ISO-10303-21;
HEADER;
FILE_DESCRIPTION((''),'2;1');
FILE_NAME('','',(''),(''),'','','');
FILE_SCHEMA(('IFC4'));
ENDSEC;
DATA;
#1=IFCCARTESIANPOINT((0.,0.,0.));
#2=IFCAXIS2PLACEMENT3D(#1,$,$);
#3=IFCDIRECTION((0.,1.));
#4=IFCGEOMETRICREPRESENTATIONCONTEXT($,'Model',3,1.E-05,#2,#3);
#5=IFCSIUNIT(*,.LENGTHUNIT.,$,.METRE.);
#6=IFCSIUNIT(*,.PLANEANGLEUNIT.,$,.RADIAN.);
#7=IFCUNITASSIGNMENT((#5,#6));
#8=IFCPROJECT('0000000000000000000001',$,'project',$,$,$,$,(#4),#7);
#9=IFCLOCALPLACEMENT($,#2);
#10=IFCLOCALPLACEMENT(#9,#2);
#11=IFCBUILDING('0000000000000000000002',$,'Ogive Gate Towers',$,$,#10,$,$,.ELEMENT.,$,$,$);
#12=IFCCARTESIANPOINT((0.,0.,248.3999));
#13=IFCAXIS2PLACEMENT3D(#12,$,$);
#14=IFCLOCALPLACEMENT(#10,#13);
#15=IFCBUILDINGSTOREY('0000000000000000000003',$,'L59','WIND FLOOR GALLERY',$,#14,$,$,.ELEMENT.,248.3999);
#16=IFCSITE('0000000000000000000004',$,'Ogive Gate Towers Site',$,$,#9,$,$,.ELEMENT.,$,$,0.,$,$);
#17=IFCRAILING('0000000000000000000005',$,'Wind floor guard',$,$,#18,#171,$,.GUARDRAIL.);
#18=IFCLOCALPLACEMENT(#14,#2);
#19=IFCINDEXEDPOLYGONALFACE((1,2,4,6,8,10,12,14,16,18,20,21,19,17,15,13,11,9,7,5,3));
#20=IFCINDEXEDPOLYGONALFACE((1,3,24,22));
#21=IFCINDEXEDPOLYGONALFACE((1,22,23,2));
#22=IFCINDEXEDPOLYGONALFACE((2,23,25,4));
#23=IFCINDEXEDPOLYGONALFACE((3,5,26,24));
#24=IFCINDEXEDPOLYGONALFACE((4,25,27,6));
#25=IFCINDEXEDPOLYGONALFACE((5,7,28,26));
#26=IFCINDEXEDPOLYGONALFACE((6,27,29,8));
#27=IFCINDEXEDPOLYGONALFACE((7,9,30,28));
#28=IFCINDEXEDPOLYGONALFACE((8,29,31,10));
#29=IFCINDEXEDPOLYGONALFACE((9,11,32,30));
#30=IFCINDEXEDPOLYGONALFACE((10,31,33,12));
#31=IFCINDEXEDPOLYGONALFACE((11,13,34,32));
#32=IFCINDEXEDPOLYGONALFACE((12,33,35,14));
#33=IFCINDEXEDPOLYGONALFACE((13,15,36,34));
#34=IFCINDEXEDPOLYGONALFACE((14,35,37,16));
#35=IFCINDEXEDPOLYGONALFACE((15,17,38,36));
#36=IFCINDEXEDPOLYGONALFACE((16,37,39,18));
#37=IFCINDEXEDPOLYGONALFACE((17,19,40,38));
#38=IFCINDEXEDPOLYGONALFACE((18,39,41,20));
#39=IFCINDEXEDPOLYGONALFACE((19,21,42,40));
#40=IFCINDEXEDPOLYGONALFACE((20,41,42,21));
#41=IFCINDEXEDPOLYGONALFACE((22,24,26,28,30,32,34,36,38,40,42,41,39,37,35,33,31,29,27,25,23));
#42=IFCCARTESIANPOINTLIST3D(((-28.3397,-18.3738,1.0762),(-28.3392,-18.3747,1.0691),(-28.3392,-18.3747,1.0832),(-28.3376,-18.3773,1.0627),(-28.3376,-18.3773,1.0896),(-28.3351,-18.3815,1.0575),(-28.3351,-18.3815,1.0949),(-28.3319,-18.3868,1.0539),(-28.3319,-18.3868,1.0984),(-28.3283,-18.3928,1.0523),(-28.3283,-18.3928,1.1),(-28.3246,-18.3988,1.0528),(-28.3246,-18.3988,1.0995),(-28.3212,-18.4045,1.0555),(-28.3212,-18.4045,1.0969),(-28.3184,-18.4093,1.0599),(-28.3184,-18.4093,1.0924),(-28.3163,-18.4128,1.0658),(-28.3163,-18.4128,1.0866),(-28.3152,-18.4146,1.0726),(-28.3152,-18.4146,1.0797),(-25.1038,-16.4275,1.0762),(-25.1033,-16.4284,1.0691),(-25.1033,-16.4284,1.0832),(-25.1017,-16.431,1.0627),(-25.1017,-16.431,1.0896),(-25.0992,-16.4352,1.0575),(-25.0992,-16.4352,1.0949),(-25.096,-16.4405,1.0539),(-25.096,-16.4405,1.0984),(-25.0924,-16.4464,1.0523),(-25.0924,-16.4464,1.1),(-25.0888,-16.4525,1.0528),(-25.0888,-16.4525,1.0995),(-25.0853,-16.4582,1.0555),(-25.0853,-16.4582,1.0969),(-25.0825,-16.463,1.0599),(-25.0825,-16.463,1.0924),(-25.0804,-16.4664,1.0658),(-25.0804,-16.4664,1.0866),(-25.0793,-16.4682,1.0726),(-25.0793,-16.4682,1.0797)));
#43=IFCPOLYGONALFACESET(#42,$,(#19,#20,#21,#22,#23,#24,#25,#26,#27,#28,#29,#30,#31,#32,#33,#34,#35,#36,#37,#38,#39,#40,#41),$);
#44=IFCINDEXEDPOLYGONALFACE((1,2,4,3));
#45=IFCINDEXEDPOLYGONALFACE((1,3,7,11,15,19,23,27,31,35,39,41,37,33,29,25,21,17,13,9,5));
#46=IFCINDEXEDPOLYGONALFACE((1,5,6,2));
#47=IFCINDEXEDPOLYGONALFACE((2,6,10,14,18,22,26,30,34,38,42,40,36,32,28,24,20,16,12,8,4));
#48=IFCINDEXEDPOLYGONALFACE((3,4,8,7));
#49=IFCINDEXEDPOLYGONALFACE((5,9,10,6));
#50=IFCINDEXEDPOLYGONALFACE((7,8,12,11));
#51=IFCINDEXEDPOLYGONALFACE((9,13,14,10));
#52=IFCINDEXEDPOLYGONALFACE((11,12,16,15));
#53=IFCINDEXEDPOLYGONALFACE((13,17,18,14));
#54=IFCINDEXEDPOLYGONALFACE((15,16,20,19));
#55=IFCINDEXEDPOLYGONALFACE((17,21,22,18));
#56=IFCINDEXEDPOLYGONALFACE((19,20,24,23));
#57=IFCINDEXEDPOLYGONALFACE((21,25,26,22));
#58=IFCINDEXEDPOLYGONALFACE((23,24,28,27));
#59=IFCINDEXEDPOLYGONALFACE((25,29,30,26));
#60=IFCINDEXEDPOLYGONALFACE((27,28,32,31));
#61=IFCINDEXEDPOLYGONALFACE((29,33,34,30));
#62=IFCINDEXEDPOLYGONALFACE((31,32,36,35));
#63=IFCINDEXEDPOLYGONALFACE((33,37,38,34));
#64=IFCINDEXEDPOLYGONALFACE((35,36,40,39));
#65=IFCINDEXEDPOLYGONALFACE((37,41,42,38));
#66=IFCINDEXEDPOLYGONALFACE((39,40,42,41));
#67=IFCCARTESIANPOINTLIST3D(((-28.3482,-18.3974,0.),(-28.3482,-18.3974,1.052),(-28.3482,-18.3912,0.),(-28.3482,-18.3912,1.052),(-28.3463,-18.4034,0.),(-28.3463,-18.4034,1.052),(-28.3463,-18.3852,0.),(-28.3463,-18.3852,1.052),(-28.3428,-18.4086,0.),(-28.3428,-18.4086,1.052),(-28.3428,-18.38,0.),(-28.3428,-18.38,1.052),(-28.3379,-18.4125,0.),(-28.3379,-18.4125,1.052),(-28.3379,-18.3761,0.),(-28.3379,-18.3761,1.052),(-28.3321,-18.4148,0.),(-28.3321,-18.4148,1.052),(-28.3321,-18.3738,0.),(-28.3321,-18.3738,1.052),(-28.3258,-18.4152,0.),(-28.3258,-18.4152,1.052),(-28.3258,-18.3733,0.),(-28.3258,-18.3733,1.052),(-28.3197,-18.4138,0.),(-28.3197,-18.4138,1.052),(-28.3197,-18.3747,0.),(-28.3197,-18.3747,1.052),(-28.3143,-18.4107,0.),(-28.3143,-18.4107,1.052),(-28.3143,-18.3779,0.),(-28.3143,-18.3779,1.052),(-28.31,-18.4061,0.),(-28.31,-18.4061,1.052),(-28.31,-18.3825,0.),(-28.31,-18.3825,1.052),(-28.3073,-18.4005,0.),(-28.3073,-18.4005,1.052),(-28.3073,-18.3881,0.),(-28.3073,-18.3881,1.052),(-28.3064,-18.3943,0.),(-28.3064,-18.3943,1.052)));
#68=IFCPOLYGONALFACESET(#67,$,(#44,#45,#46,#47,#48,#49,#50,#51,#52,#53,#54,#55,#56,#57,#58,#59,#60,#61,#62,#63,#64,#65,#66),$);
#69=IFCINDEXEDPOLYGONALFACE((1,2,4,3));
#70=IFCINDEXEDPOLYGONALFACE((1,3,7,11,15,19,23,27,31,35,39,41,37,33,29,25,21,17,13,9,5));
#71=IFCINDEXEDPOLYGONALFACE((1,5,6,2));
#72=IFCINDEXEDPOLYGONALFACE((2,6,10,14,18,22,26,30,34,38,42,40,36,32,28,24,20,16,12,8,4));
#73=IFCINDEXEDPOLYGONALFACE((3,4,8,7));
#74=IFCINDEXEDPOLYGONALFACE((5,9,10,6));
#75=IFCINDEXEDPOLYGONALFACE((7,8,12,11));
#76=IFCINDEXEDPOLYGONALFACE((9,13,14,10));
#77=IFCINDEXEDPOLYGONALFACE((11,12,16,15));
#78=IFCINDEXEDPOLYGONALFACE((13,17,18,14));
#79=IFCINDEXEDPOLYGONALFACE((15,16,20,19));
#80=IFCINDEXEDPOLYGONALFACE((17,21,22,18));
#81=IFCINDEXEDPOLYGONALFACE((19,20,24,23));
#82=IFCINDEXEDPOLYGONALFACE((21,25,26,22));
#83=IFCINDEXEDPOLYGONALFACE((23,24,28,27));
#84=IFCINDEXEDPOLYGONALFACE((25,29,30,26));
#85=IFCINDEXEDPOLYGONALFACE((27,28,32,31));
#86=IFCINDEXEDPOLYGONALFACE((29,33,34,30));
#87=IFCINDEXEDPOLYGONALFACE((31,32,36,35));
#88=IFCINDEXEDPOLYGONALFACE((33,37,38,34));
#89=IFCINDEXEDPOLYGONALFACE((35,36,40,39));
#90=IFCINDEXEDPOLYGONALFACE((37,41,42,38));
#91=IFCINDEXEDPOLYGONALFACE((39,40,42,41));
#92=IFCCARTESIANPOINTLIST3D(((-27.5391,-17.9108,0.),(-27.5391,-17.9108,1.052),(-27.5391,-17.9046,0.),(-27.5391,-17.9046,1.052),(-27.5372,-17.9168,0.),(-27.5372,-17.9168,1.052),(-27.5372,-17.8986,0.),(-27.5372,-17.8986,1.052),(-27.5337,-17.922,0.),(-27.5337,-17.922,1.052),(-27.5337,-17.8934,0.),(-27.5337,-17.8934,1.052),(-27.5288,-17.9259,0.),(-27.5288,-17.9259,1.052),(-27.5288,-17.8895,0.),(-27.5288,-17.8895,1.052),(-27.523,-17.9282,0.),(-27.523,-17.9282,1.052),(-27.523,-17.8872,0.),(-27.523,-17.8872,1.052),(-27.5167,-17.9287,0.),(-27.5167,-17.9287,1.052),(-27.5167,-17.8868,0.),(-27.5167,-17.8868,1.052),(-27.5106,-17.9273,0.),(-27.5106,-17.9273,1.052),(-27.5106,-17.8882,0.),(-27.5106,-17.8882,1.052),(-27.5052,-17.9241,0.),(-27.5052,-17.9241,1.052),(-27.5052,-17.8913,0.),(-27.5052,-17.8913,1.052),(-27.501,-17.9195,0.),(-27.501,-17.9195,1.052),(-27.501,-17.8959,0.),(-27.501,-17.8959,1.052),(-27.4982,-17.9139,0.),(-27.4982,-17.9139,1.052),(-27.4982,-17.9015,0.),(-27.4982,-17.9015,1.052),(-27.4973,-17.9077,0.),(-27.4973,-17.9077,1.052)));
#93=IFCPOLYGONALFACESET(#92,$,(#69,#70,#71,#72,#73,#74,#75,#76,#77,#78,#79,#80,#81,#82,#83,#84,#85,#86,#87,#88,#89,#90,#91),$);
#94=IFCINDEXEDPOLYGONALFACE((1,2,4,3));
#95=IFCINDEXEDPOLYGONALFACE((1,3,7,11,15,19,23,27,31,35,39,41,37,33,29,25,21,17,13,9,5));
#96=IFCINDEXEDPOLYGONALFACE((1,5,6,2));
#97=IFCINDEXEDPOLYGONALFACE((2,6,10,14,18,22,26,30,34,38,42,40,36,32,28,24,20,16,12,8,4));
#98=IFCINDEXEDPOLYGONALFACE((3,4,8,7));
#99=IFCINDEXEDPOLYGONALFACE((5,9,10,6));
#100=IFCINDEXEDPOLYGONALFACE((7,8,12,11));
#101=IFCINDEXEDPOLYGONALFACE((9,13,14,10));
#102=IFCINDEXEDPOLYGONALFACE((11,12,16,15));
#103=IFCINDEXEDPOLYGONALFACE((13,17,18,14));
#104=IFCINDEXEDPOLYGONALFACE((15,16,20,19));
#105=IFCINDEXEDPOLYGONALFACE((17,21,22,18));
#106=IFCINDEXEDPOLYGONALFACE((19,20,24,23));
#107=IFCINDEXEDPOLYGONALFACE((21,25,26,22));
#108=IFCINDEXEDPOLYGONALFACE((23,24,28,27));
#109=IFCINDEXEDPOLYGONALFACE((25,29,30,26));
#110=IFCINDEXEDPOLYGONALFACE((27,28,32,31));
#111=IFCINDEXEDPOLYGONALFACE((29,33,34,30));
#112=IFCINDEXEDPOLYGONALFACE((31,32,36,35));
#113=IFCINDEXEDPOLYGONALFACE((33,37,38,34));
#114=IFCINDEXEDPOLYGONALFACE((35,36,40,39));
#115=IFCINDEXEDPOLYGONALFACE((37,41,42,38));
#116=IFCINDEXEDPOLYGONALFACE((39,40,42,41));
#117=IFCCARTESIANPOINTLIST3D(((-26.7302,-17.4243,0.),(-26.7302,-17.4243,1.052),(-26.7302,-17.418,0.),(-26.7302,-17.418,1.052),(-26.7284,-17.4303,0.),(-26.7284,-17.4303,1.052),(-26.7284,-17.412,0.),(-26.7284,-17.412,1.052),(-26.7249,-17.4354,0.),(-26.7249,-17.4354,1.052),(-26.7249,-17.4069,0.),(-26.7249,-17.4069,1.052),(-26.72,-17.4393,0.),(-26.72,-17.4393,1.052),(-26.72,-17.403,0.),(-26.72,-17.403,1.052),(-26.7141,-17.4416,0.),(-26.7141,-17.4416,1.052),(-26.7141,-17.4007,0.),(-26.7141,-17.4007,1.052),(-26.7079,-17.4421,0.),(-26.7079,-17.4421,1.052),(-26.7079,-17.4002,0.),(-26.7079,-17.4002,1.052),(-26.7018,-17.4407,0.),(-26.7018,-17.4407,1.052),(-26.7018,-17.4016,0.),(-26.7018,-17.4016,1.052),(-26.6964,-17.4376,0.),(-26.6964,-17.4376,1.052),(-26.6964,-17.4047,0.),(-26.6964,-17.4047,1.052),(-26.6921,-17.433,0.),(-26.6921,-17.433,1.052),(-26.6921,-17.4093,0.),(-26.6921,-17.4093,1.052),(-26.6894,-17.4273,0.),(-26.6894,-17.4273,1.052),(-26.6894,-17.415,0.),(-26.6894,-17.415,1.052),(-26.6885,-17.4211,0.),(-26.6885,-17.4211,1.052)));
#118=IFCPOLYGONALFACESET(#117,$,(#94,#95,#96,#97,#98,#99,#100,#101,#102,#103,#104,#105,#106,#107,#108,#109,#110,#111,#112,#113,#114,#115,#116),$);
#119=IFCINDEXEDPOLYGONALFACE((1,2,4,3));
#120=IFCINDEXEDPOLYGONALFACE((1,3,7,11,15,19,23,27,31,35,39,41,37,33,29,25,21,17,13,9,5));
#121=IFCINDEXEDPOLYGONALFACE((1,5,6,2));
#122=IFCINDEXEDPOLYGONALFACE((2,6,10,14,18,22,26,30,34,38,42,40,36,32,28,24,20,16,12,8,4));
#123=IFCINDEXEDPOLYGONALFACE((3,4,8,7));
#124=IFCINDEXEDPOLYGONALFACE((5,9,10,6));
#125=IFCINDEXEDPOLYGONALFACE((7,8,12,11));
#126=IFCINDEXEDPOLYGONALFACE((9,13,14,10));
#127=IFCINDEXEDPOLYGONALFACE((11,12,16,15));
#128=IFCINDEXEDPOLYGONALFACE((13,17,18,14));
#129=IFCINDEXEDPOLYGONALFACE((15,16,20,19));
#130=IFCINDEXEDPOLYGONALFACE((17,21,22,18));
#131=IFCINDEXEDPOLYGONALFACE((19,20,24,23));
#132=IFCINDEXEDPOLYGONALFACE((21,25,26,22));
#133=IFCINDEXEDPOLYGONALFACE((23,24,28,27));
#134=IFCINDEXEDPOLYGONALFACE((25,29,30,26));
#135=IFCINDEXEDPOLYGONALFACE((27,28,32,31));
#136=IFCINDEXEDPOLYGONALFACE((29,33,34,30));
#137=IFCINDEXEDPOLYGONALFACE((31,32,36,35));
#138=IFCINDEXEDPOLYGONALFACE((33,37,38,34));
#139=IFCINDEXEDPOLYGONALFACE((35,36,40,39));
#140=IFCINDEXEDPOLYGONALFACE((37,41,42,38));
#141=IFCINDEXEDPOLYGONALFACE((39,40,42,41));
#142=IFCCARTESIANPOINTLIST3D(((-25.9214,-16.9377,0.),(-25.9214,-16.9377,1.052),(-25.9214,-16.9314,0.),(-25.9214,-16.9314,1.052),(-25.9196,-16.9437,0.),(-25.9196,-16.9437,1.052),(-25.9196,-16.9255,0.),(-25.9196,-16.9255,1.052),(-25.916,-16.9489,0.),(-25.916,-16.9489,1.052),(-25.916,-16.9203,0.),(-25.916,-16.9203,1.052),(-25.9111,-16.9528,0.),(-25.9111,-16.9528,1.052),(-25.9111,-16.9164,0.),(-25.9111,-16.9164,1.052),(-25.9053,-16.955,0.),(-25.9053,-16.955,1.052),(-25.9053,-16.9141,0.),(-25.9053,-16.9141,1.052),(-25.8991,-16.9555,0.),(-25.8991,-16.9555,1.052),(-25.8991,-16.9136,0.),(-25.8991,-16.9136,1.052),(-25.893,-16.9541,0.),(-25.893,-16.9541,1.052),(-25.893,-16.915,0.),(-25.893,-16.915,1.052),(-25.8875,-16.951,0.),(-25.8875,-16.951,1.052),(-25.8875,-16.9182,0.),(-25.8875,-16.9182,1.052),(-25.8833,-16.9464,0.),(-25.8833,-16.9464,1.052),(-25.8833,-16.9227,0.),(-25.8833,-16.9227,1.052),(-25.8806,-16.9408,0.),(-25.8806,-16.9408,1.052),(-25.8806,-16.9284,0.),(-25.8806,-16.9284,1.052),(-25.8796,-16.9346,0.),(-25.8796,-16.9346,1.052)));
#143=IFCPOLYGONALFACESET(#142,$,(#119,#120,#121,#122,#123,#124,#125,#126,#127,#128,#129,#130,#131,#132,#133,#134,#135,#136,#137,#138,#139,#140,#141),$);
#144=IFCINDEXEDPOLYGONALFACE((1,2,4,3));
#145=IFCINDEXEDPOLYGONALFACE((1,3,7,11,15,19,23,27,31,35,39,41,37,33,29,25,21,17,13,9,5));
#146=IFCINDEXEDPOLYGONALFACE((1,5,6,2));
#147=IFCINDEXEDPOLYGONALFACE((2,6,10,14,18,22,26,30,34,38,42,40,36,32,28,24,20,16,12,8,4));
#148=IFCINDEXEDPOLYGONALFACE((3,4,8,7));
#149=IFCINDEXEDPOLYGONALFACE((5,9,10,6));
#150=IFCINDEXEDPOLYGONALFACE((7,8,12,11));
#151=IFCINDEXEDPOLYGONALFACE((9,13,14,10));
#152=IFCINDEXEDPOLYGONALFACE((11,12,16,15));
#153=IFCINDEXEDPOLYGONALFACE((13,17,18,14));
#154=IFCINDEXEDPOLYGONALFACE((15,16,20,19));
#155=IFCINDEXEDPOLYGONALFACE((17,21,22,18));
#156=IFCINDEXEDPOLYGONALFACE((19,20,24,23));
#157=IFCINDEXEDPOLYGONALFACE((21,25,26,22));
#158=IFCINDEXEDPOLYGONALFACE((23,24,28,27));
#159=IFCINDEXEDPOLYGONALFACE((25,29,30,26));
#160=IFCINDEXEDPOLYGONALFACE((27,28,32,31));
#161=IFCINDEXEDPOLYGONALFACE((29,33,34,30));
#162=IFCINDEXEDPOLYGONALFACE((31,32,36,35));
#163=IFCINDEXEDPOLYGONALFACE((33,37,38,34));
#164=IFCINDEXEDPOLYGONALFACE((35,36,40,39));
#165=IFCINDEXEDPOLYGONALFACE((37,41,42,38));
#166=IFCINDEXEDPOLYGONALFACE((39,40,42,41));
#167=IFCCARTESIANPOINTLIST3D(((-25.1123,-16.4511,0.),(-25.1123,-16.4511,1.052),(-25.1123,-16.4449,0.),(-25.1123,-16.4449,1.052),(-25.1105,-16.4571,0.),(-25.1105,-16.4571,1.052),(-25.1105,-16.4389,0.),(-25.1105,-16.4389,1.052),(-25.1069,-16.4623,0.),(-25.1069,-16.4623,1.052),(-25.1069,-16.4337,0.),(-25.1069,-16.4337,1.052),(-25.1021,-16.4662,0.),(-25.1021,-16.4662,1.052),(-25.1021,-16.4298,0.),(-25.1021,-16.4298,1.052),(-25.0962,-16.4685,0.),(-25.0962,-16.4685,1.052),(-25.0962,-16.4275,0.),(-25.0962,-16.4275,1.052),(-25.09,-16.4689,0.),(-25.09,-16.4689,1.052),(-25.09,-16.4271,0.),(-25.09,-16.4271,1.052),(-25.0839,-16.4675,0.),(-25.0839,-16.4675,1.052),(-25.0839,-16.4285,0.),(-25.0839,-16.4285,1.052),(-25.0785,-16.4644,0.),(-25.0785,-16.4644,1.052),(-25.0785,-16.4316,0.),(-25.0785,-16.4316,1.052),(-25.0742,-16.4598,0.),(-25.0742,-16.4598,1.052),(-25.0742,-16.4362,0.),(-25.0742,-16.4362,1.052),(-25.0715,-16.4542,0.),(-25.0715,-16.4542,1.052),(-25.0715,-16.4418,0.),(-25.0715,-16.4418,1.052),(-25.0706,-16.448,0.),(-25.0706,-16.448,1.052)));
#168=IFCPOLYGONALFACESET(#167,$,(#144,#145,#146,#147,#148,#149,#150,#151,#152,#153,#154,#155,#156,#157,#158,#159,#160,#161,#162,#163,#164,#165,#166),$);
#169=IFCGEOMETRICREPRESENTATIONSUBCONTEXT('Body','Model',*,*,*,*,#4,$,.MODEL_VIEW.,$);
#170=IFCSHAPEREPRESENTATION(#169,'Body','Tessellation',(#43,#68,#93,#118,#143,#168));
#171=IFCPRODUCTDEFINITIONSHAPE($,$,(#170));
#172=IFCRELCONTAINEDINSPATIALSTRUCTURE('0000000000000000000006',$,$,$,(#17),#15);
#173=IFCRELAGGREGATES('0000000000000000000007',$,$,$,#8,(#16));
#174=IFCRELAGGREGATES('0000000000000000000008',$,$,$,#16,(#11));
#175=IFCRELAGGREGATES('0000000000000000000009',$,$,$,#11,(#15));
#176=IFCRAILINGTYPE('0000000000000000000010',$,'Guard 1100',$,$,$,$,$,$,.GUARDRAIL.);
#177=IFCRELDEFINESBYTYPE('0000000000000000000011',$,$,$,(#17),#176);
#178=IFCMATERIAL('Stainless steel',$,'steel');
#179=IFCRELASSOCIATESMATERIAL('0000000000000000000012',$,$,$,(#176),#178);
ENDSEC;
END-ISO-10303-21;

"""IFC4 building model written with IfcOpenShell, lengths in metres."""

from ifc_helpers import new_model, si_unit, direction, frame, origin, origin_2d, place, context, subcontext, project, spatial, circle, extrude, material, type_object, element, save


model = new_model("IFC4")

# Units and contexts
model_context = context("Model", 3, precision=1e-05, world=origin(), true_north=direction((0.0, 1.0)))
body_context = subcontext(model_context, "Body", "Model", "MODEL_VIEW")
ifc_project = project(units=[si_unit("LENGTHUNIT", "METRE"), si_unit("PLANEANGLEUNIT", "RADIAN")], contexts=[model_context])

# Site, building, storey
site_placement = place(None, origin())
site = spatial("IfcSite", under=ifc_project, at=site_placement, Name="Ogive Gate Towers Site", CompositionType="ELEMENT", RefElevation=0.0)
building_placement = place(site_placement, origin())
building = spatial("IfcBuilding", under=site, at=building_placement, Name="Ogive Gate Towers", CompositionType="ELEMENT")
storey_placement = place(building_placement, frame((0.0, 0.0, 248.3999)))
storey = spatial("IfcBuildingStorey", under=building, at=storey_placement, Name="L59", Description="WIND FLOOR GALLERY", CompositionType="ELEMENT", Elevation=248.3999)

# Railing
ifc_material_1 = material(Name="Stainless steel", Category="steel")
railing_type_1 = type_object("IfcRailingType", Name="Guard 1100", PredefinedType="GUARDRAIL", material=ifc_material_1)
railing_1_placement = place(storey_placement, frame((-28.3274, -18.3943, 0.0)))
element("IfcRailing", 1, at=railing_1_placement, inside=storey, type_object=railing_type_1, Name="Wind floor guard", PredefinedType="GUARDRAIL", context=body_context, shape_type="SweptSolid", body=[
    extrude(circle(Radius=0.0239, at=origin_2d()), frame((0.0, 0.0, 1.0762), z_axis=(0.856933, 0.515427, 0.0), x_axis=(-0.515427, 0.856933, 0.0)), (0.0, 0.0, 1.0), 3.7761),
    extrude(circle(Radius=0.021, at=origin_2d()), origin(), (0.0, 0.0, 1.0), 1.052),
    extrude(circle(Radius=0.021, at=origin_2d()), frame((0.8091, 0.4866, 0.0)), (0.0, 0.0, 1.0), 1.052),
    extrude(circle(Radius=0.021, at=origin_2d()), frame((1.6179, 0.9731, 0.0)), (0.0, 0.0, 1.0), 1.052),
    extrude(circle(Radius=0.021, at=origin_2d()), frame((2.4268, 1.4597, 0.0)), (0.0, 0.0, 1.0), 1.052),
    extrude(circle(Radius=0.021, at=origin_2d()), frame((3.2358, 1.9463, 0.0)), (0.0, 0.0, 1.0), 1.052),
])

save(model, "model.ifc")
